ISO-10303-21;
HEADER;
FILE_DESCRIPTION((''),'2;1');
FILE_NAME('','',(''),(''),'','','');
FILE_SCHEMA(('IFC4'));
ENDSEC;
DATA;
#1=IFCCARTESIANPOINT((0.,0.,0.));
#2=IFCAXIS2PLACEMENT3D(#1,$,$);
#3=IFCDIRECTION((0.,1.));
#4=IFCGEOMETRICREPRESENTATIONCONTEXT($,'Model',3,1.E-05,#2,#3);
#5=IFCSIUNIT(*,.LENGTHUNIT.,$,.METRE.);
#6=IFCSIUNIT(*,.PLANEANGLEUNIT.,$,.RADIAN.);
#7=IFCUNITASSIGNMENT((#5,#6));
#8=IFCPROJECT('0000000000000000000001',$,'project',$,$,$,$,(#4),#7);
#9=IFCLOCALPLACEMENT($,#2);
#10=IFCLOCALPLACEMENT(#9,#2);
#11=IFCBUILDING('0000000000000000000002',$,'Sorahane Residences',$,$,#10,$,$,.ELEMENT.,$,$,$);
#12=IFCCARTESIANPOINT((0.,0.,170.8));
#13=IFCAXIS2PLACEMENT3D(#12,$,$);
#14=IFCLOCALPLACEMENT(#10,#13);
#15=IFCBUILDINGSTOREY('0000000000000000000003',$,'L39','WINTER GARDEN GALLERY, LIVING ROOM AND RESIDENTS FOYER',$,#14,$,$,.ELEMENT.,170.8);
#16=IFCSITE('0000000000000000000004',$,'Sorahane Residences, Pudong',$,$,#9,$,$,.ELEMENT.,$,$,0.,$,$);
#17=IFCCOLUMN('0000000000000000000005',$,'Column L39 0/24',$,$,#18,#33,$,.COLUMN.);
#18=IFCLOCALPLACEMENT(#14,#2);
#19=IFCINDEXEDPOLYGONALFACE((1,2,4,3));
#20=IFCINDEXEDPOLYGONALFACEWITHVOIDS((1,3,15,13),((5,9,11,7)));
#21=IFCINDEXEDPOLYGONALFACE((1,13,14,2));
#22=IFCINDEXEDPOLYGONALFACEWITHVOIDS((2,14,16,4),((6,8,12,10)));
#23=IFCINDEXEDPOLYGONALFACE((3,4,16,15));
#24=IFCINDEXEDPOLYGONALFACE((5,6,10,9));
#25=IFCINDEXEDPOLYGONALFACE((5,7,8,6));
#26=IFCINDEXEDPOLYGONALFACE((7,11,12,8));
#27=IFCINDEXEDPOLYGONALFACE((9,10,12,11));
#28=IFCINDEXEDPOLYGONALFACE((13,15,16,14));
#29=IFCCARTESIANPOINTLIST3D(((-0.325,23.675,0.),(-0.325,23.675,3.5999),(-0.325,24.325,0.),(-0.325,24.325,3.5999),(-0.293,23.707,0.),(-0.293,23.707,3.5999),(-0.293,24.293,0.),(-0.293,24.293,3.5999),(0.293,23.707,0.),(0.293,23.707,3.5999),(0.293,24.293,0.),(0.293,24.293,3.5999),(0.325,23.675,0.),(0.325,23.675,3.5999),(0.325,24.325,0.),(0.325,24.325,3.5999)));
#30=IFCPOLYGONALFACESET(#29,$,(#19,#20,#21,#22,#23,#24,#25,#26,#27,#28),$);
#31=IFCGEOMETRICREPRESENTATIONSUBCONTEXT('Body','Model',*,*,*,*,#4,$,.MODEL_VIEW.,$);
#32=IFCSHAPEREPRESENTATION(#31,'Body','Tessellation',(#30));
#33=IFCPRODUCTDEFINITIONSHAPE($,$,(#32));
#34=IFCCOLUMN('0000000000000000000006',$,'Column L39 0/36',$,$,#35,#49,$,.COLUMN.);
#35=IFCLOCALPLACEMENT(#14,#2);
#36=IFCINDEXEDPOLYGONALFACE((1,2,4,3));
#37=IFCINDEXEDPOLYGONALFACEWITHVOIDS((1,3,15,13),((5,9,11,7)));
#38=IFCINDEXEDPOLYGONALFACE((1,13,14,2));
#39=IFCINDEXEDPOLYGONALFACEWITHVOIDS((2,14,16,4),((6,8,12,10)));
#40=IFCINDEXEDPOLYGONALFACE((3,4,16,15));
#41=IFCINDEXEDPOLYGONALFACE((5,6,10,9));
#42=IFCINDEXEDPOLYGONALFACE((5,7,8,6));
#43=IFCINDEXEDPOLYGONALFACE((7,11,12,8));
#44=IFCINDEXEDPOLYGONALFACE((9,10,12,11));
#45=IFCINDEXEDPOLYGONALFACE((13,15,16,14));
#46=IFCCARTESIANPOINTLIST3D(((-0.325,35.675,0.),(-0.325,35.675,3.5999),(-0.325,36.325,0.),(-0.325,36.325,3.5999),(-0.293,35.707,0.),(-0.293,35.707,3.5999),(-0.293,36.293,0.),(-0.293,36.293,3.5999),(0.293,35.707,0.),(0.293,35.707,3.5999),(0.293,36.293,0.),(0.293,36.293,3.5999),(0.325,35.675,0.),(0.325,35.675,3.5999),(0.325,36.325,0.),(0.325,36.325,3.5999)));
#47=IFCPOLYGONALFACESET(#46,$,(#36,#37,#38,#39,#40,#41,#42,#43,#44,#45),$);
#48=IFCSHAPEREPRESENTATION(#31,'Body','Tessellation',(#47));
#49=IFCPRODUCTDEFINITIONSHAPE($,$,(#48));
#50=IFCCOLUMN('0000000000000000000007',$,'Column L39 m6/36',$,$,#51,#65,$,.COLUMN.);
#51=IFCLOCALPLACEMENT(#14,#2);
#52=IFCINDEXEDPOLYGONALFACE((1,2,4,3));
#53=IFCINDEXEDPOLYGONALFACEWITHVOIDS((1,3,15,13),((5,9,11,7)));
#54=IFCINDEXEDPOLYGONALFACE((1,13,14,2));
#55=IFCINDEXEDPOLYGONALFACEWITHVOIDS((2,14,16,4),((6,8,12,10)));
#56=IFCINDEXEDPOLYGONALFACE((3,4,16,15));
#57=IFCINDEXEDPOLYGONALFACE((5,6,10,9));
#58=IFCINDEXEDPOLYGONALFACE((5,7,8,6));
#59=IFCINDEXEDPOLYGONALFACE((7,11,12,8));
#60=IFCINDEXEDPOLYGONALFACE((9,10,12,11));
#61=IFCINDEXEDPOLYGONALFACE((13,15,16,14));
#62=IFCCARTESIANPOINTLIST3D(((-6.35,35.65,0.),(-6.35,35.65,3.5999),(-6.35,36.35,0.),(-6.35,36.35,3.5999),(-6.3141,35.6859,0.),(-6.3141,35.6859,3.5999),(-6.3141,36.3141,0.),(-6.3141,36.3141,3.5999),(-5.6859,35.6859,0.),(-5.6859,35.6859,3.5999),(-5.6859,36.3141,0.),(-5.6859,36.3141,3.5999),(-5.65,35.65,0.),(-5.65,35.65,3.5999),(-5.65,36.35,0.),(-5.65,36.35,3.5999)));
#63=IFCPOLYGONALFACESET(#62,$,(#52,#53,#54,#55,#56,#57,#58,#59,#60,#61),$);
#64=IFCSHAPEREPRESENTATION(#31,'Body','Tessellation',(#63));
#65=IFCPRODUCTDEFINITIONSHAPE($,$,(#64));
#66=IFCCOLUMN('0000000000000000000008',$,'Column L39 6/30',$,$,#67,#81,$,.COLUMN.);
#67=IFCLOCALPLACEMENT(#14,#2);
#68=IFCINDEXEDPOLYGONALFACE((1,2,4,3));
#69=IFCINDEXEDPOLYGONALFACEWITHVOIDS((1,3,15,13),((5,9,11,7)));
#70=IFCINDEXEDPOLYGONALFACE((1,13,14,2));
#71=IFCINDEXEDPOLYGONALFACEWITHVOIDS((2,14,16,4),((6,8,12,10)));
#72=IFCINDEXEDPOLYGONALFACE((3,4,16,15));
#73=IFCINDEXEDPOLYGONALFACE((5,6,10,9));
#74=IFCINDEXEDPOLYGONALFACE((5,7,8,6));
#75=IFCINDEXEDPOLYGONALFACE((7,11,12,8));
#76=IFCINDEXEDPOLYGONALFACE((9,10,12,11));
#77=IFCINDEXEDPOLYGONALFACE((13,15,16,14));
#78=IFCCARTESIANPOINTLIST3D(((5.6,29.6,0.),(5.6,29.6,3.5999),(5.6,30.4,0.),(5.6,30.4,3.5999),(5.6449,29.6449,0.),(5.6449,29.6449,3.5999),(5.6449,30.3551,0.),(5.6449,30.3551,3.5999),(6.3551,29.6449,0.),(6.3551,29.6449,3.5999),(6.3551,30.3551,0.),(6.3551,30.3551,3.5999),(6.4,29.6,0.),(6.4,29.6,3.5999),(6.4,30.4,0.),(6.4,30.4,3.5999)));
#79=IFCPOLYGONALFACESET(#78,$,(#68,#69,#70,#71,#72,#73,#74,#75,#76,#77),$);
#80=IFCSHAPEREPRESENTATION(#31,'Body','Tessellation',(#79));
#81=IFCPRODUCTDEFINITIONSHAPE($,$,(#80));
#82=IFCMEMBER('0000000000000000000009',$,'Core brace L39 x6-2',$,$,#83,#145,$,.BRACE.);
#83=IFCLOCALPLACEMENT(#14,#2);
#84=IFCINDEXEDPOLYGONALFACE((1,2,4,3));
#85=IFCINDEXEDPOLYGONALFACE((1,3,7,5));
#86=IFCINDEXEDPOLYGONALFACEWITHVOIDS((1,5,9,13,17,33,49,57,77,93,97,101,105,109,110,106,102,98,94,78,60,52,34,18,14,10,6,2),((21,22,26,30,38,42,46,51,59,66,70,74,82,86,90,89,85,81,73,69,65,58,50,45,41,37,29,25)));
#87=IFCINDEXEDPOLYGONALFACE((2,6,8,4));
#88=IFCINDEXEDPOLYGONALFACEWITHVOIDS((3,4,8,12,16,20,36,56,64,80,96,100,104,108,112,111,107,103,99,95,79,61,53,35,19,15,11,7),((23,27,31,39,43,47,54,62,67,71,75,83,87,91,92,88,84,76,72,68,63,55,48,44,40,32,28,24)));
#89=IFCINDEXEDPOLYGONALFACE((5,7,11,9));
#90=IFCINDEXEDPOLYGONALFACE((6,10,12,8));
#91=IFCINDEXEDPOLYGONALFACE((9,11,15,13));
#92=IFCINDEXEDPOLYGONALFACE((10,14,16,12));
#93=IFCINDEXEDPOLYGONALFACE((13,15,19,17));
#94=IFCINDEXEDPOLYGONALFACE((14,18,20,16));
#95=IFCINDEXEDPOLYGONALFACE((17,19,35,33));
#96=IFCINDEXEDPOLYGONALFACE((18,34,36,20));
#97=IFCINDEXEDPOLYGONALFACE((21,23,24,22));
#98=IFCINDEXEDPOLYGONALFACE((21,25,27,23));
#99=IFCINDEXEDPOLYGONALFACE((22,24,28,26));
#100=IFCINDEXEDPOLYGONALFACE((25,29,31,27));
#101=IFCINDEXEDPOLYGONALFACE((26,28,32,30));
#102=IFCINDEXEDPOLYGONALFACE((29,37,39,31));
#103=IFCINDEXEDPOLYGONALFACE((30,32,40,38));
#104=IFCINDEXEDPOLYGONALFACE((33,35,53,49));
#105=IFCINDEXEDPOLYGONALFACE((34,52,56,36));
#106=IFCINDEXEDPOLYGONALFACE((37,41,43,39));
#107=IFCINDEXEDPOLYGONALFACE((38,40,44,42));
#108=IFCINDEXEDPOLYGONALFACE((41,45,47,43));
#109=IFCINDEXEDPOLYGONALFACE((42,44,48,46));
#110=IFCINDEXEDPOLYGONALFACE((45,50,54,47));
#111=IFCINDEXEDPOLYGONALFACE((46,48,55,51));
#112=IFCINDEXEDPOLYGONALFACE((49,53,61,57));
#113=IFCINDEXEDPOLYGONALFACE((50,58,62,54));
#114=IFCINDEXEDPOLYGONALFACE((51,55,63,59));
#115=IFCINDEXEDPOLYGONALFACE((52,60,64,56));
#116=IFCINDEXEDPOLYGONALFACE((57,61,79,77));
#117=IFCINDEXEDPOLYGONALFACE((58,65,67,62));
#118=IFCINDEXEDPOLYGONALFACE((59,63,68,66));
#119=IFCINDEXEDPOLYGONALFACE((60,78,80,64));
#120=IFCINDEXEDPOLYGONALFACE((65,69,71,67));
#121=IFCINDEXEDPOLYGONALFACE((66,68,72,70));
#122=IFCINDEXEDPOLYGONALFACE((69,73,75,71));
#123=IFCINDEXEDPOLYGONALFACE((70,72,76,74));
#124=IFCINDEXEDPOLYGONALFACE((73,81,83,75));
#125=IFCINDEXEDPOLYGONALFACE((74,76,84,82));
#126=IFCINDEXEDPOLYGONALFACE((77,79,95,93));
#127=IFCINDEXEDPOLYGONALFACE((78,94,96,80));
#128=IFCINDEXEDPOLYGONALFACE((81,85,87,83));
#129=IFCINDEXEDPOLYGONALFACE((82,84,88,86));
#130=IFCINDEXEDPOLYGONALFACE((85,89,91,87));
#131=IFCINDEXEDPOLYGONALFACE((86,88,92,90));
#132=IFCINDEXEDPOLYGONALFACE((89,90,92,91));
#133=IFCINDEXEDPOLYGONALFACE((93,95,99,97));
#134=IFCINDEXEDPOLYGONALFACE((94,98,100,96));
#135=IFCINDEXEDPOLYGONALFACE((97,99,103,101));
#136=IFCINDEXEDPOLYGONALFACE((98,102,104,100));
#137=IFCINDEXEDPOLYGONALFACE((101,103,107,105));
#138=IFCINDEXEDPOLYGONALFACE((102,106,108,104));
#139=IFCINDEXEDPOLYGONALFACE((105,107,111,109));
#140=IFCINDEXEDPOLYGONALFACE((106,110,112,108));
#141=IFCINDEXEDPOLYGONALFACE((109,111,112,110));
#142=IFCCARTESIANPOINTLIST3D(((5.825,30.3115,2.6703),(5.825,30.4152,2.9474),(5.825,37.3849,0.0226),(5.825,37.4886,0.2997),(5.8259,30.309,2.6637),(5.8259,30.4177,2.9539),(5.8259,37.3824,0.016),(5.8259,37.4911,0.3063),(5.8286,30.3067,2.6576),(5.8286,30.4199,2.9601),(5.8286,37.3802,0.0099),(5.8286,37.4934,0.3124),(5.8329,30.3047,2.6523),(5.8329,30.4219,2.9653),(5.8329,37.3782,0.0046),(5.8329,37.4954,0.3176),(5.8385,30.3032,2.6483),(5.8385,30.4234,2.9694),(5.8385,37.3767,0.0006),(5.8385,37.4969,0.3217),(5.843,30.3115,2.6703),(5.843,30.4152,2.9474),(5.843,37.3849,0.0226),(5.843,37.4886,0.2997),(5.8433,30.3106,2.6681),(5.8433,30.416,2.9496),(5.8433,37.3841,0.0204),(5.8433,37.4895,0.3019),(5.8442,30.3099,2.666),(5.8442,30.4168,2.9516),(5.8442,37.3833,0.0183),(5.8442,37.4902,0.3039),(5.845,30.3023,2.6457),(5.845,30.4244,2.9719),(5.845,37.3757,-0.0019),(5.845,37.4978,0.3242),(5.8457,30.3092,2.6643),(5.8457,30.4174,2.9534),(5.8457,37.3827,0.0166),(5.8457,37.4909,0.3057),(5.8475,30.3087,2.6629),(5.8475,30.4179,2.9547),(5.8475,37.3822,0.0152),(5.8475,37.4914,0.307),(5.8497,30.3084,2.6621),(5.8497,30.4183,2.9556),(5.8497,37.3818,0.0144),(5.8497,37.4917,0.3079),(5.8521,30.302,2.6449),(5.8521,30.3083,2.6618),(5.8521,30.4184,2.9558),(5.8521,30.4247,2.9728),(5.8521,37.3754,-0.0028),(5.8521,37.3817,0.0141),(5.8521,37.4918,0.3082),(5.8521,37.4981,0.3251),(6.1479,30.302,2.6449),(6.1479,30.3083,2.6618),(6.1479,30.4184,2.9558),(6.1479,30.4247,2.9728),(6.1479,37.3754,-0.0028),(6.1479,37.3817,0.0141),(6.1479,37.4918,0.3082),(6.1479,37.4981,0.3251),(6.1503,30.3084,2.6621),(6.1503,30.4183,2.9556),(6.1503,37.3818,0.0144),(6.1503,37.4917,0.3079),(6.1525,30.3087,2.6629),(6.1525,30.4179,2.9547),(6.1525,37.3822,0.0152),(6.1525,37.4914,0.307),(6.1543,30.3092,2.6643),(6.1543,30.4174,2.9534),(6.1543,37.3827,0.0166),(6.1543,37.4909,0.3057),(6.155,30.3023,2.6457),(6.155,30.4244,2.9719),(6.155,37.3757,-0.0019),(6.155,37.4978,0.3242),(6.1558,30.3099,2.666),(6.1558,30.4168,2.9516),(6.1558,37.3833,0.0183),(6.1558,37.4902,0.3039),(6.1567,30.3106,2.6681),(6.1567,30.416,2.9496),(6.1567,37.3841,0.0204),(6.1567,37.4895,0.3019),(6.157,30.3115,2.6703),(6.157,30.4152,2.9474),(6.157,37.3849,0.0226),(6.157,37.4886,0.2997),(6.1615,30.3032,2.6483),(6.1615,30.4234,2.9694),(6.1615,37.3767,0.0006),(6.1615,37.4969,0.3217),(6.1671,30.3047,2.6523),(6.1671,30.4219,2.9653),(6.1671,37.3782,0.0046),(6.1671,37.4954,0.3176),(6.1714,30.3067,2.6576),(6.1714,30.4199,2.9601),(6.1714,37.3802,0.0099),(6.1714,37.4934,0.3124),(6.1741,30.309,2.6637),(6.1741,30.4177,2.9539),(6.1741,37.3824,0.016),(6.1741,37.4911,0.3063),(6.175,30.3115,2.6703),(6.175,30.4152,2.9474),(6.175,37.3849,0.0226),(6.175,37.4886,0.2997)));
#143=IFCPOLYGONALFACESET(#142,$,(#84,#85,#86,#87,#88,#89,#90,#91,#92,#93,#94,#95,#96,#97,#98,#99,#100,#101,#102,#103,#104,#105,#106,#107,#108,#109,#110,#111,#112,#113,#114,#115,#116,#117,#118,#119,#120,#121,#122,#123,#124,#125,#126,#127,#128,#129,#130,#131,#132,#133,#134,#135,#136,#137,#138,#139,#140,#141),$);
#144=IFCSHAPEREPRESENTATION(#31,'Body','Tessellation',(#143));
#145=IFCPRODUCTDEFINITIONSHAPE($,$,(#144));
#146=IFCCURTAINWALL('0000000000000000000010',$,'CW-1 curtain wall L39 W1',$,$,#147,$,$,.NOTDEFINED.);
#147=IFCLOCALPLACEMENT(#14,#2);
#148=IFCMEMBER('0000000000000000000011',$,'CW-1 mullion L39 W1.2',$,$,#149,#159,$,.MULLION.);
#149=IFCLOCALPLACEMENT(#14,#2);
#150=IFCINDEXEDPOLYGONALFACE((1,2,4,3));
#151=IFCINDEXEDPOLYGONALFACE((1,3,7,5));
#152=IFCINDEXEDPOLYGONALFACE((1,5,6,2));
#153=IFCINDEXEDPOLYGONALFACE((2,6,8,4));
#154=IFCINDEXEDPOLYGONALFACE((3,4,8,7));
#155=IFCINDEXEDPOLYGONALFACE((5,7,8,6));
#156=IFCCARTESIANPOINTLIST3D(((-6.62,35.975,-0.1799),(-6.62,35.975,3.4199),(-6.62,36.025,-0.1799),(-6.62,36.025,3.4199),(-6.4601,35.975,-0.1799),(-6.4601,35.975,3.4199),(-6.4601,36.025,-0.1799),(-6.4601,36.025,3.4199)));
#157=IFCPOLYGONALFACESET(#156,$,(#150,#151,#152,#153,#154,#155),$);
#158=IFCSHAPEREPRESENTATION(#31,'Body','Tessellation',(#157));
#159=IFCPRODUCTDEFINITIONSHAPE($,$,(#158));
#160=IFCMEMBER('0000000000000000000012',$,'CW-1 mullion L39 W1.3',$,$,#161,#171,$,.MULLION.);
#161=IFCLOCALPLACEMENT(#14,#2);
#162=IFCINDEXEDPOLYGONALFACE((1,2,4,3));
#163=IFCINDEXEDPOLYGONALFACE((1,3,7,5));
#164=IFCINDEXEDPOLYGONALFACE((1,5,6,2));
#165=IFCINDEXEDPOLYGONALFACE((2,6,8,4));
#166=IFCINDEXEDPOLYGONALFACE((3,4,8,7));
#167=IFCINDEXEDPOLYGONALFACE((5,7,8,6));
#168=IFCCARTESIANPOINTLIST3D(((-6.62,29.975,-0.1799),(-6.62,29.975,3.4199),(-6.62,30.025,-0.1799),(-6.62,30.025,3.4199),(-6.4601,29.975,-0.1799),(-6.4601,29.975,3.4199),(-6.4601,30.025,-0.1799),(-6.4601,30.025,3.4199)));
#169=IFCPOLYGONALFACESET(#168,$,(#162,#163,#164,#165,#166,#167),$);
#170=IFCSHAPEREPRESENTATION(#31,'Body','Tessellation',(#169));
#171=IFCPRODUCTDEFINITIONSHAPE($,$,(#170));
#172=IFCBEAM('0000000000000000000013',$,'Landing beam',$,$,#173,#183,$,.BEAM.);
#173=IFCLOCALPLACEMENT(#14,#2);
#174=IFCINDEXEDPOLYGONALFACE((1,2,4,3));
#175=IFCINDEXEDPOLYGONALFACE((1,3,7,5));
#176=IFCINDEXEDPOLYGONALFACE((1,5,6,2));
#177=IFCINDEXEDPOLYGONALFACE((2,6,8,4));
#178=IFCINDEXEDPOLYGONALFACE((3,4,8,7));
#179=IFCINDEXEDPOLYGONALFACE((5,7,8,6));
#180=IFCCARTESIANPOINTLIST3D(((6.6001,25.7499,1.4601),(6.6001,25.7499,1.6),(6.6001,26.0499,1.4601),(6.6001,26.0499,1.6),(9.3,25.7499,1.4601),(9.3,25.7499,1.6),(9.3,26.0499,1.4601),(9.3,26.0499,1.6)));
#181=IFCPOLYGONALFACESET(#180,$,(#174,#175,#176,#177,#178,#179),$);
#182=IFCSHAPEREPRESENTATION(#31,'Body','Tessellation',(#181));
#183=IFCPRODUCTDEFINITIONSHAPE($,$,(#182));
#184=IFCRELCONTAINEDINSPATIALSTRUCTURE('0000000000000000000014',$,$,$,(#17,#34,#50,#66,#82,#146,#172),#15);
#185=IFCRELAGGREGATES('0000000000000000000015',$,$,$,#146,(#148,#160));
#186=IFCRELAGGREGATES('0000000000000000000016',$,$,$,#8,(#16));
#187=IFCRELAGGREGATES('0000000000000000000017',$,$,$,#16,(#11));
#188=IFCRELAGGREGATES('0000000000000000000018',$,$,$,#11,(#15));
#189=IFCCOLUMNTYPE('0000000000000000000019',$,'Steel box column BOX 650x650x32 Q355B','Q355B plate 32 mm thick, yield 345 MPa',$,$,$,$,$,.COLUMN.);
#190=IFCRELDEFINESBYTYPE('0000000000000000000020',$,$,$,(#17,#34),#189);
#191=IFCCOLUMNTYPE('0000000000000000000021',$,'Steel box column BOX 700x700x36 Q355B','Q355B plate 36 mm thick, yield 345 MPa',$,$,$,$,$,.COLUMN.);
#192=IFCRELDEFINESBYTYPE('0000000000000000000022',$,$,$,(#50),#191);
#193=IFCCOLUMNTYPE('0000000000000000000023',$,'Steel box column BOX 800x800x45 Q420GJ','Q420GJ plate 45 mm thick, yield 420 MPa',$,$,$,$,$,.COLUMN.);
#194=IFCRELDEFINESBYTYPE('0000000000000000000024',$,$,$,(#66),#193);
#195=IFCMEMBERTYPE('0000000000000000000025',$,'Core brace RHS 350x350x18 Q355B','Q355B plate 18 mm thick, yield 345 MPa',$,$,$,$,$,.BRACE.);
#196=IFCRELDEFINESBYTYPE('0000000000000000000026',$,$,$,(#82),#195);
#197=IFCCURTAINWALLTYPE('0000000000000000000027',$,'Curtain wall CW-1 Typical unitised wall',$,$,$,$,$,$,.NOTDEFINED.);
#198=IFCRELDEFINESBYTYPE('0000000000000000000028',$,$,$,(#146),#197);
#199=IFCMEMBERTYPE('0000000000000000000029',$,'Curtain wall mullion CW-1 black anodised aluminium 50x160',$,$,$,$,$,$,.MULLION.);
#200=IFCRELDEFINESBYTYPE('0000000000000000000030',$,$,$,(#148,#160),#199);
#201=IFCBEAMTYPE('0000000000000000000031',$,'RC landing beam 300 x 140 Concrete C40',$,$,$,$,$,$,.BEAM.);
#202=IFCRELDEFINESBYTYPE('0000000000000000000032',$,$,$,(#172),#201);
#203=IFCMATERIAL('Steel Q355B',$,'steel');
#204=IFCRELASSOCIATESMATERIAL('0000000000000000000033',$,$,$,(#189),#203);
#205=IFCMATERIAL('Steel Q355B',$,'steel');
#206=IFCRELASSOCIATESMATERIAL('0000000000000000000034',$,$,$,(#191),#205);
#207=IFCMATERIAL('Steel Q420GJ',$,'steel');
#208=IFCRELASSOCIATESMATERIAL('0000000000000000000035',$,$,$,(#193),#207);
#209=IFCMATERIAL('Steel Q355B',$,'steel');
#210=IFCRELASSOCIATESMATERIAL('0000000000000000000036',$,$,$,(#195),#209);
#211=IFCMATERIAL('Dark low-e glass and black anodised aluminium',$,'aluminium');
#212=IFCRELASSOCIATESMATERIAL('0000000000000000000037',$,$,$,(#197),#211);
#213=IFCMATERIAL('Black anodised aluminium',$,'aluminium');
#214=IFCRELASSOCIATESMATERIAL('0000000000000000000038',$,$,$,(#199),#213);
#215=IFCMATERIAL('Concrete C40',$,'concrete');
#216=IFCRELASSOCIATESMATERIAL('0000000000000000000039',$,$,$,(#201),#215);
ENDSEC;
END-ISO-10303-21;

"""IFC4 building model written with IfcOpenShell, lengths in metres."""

from ifc_helpers import new_model, si_unit, direction, frame, origin, origin_2d, place, context, subcontext, project, spatial, rectangle, hollow_rectangle, extrude, material, material_profile, profile_set, type_object, element, aggregate, save


model = new_model("IFC4")

# Units and contexts
model_context = context("Model", 3, precision=1e-05, world=origin(), true_north=direction((0.0, 1.0)))
body_context = subcontext(model_context, "Body", "Model", "MODEL_VIEW")
ifc_project = project(units=[si_unit("LENGTHUNIT", "METRE"), si_unit("PLANEANGLEUNIT", "RADIAN")], contexts=[model_context])

# Site, building, storey
site_placement = place(None, origin())
site = spatial("IfcSite", under=ifc_project, at=site_placement, Name="Sorahane Residences, Pudong", CompositionType="ELEMENT", RefElevation=0.0)
building_placement = place(site_placement, origin())
building = spatial("IfcBuilding", under=site, at=building_placement, Name="Sorahane Residences", CompositionType="ELEMENT")
storey_placement = place(building_placement, frame((0.0, 0.0, 170.8)))
storey = spatial("IfcBuildingStorey", under=building, at=storey_placement, Name="L39", Description="WINTER GARDEN GALLERY, LIVING ROOM AND RESIDENTS FOYER", CompositionType="ELEMENT", Elevation=170.8)

# Columns
ifc_material_1 = material(Name="Steel Q355B", Category="steel")
ifc_material_profile_1 = material_profile(ifc_material_1, hollow_rectangle(XDim=0.6499, YDim=0.6499, WallThickness=0.032, at=origin_2d()), Name="BOX 650x650x32")
ifc_profile_set_1 = profile_set([ifc_material_profile_1], Name="Steel Q355B")
column_type_1 = type_object("IfcColumnType", Name="Steel box column BOX 650x650x32 Q355B", Description="Q355B plate 32 mm thick, yield 345 MPa", PredefinedType="COLUMN", material=ifc_profile_set_1)
for number, where, z_axis, x_axis, name in (
    (1, (0.0, 24.0, 0.0), (0.0, 0.0, 1.0), (1.0, 0.0, 0.0), "Column L39 0/24"),
    (2, (0.0, 36.0, 0.0), (0.0, 0.0, 1.0), (1.0, 0.0, 0.0), "Column L39 0/36"),
):
    element("IfcColumn", number, at=place(storey_placement, frame(where, z_axis=z_axis, x_axis=x_axis)), inside=storey, type_object=column_type_1, Name=name, PredefinedType="COLUMN", context=body_context, shape_type="SweptSolid", body=[
        extrude(hollow_rectangle(XDim=0.6499, YDim=0.6499, WallThickness=0.032, at=origin_2d()), origin(), (0.0, 0.0, 1.0), 3.5999),
    ])
ifc_material_2 = material(Name="Steel Q355B", Category="steel")
ifc_material_profile_2 = material_profile(ifc_material_2, hollow_rectangle(XDim=0.7, YDim=0.7, WallThickness=0.0359, at=origin_2d()), Name="BOX 700x700x36")
ifc_profile_set_2 = profile_set([ifc_material_profile_2], Name="Steel Q355B")
column_type_2 = type_object("IfcColumnType", Name="Steel box column BOX 700x700x36 Q355B", Description="Q355B plate 36 mm thick, yield 345 MPa", PredefinedType="COLUMN", material=ifc_profile_set_2)
column_1_placement = place(storey_placement, frame((-6.0, 36.0, 0.0), z_axis=(0.0, 0.0, 1.0), x_axis=(1.0, 0.0, 0.0)))
element("IfcColumn", 3, at=column_1_placement, inside=storey, type_object=column_type_2, Name="Column L39 m6/36", PredefinedType="COLUMN", context=body_context, shape_type="SweptSolid", body=[
    extrude(hollow_rectangle(XDim=0.7, YDim=0.7, WallThickness=0.0359, at=origin_2d()), origin(), (0.0, 0.0, 1.0), 3.5999),
])
ifc_material_3 = material(Name="Steel Q420GJ", Category="steel")
ifc_material_profile_3 = material_profile(ifc_material_3, hollow_rectangle(XDim=0.8, YDim=0.8, WallThickness=0.0449, at=origin_2d()), Name="BOX 800x800x45")
ifc_profile_set_3 = profile_set([ifc_material_profile_3], Name="Steel Q420GJ")
column_type_3 = type_object("IfcColumnType", Name="Steel box column BOX 800x800x45 Q420GJ", Description="Q420GJ plate 45 mm thick, yield 420 MPa", PredefinedType="COLUMN", material=ifc_profile_set_3)
column_2_placement = place(storey_placement, frame((6.0, 30.0, 0.0), z_axis=(0.0, 0.0, 1.0), x_axis=(1.0, 0.0, 0.0)))
element("IfcColumn", 4, at=column_2_placement, inside=storey, type_object=column_type_3, Name="Column L39 6/30", PredefinedType="COLUMN", context=body_context, shape_type="SweptSolid", body=[
    extrude(hollow_rectangle(XDim=0.8, YDim=0.8, WallThickness=0.0449, at=origin_2d()), origin(), (0.0, 0.0, 1.0), 3.5999),
])

# Member
ifc_material_4 = material(Name="Steel Q355B", Category="steel")
ifc_material_profile_4 = material_profile(ifc_material_4, hollow_rectangle(XDim=0.3501, YDim=0.3501, WallThickness=0.0181, InnerFilletRadius=0.009, OuterFilletRadius=0.0271, at=origin_2d()), Name="RHS 350x350x18")
ifc_profile_set_4 = profile_set([ifc_material_profile_4], Name="Steel Q355B")
member_type_1 = type_object("IfcMemberType", Name="Core brace RHS 350x350x18 Q355B", Description="Q355B plate 18 mm thick, yield 345 MPa", PredefinedType="BRACE", material=ifc_profile_set_4)
member_1_placement = place(storey_placement, frame((6.0, 37.4368, 0.1611), z_axis=(0.0, -0.93654, 0.35056), x_axis=(1.0, 0.0, 0.0)))
element("IfcMember", 5, at=member_1_placement, inside=storey, type_object=member_type_1, Name="Core brace L39 x6-2", PredefinedType="BRACE", context=body_context, shape_type="SweptSolid", body=[
    extrude(hollow_rectangle(XDim=0.3501, YDim=0.3501, WallThickness=0.0181, InnerFilletRadius=0.009, OuterFilletRadius=0.0271, at=origin_2d()), origin(), (0.0, 0.0, 1.0), 7.5527),
])

# Curtain wall, members
ifc_material_5 = material(Name="Dark low-e glass and black anodised aluminium", Category="aluminium")
curtain_wall_type = type_object("IfcCurtainWallType", Name="Curtain wall CW-1 Typical unitised wall", PredefinedType="NOTDEFINED", material=ifc_material_5)
curtain_wall_placement = place(storey_placement, origin())
curtain_wall = element("IfcCurtainWall", 6, at=curtain_wall_placement, inside=storey, type_object=curtain_wall_type, Name="CW-1 curtain wall L39 W1", PredefinedType="NOTDEFINED")
ifc_material_6 = material(Name="Black anodised aluminium", Category="aluminium")
ifc_material_profile_5 = material_profile(ifc_material_6, rectangle(XDim=0.1599, YDim=0.05, at=origin_2d()), Name="Curtain wall mullion CW-1 black anodised aluminium 50x160")
ifc_profile_set_5 = profile_set([ifc_material_profile_5], Name="Black anodised aluminium")
member_type_2 = type_object("IfcMemberType", Name="Curtain wall mullion CW-1 black anodised aluminium 50x160", PredefinedType="MULLION", material=ifc_profile_set_5)
member_2_placement = place(storey_placement, frame((-6.54, 36.0, -0.1799), z_axis=(0.0, 0.0, 1.0), x_axis=(-1.0, 0.0, 0.0)))
member_2 = element("IfcMember", 7, at=member_2_placement, type_object=member_type_2, Name="CW-1 mullion L39 W1.2", PredefinedType="MULLION", context=body_context, shape_type="SweptSolid", body=[
    extrude(rectangle(XDim=0.1599, YDim=0.05, at=origin_2d()), origin(), (0.0, 0.0, 1.0), 3.5999),
])
member_3_placement = place(storey_placement, frame((-6.54, 30.0, -0.1799), z_axis=(0.0, 0.0, 1.0), x_axis=(-1.0, 0.0, 0.0)))
member_3 = element("IfcMember", 8, at=member_3_placement, type_object=member_type_2, Name="CW-1 mullion L39 W1.3", PredefinedType="MULLION", context=body_context, shape_type="SweptSolid", body=[
    extrude(rectangle(XDim=0.1599, YDim=0.05, at=origin_2d()), origin(), (0.0, 0.0, 1.0), 3.5999),
])

# Beam
ifc_material_7 = material(Name="Concrete C40", Category="concrete")
ifc_material_profile_6 = material_profile(ifc_material_7, rectangle(XDim=0.3, YDim=0.1399, at=origin_2d()), Name="300x140")
ifc_profile_set_6 = profile_set([ifc_material_profile_6], Name="Concrete C40")
beam_type_1 = type_object("IfcBeamType", Name="RC landing beam 300 x 140 Concrete C40", PredefinedType="BEAM", material=ifc_profile_set_6)
for number, where, z_axis, x_axis, name in (
    (9, (6.6001, 25.8999, 1.53), (1.0, 0.0, 0.0), (0.0, 1.0, 0.0), "Landing beam"),
):
    element("IfcBeam", number, at=place(storey_placement, frame(where, z_axis=z_axis, x_axis=x_axis)), inside=storey, type_object=beam_type_1, Name=name, PredefinedType="BEAM", context=body_context, shape_type="SweptSolid", body=[
        extrude(rectangle(XDim=0.3, YDim=0.1399, at=origin_2d()), origin(), (0.0, 0.0, 1.0), 2.7),
    ])

aggregate(curtain_wall, [member_2, member_3])

save(model, "model.ifc")
